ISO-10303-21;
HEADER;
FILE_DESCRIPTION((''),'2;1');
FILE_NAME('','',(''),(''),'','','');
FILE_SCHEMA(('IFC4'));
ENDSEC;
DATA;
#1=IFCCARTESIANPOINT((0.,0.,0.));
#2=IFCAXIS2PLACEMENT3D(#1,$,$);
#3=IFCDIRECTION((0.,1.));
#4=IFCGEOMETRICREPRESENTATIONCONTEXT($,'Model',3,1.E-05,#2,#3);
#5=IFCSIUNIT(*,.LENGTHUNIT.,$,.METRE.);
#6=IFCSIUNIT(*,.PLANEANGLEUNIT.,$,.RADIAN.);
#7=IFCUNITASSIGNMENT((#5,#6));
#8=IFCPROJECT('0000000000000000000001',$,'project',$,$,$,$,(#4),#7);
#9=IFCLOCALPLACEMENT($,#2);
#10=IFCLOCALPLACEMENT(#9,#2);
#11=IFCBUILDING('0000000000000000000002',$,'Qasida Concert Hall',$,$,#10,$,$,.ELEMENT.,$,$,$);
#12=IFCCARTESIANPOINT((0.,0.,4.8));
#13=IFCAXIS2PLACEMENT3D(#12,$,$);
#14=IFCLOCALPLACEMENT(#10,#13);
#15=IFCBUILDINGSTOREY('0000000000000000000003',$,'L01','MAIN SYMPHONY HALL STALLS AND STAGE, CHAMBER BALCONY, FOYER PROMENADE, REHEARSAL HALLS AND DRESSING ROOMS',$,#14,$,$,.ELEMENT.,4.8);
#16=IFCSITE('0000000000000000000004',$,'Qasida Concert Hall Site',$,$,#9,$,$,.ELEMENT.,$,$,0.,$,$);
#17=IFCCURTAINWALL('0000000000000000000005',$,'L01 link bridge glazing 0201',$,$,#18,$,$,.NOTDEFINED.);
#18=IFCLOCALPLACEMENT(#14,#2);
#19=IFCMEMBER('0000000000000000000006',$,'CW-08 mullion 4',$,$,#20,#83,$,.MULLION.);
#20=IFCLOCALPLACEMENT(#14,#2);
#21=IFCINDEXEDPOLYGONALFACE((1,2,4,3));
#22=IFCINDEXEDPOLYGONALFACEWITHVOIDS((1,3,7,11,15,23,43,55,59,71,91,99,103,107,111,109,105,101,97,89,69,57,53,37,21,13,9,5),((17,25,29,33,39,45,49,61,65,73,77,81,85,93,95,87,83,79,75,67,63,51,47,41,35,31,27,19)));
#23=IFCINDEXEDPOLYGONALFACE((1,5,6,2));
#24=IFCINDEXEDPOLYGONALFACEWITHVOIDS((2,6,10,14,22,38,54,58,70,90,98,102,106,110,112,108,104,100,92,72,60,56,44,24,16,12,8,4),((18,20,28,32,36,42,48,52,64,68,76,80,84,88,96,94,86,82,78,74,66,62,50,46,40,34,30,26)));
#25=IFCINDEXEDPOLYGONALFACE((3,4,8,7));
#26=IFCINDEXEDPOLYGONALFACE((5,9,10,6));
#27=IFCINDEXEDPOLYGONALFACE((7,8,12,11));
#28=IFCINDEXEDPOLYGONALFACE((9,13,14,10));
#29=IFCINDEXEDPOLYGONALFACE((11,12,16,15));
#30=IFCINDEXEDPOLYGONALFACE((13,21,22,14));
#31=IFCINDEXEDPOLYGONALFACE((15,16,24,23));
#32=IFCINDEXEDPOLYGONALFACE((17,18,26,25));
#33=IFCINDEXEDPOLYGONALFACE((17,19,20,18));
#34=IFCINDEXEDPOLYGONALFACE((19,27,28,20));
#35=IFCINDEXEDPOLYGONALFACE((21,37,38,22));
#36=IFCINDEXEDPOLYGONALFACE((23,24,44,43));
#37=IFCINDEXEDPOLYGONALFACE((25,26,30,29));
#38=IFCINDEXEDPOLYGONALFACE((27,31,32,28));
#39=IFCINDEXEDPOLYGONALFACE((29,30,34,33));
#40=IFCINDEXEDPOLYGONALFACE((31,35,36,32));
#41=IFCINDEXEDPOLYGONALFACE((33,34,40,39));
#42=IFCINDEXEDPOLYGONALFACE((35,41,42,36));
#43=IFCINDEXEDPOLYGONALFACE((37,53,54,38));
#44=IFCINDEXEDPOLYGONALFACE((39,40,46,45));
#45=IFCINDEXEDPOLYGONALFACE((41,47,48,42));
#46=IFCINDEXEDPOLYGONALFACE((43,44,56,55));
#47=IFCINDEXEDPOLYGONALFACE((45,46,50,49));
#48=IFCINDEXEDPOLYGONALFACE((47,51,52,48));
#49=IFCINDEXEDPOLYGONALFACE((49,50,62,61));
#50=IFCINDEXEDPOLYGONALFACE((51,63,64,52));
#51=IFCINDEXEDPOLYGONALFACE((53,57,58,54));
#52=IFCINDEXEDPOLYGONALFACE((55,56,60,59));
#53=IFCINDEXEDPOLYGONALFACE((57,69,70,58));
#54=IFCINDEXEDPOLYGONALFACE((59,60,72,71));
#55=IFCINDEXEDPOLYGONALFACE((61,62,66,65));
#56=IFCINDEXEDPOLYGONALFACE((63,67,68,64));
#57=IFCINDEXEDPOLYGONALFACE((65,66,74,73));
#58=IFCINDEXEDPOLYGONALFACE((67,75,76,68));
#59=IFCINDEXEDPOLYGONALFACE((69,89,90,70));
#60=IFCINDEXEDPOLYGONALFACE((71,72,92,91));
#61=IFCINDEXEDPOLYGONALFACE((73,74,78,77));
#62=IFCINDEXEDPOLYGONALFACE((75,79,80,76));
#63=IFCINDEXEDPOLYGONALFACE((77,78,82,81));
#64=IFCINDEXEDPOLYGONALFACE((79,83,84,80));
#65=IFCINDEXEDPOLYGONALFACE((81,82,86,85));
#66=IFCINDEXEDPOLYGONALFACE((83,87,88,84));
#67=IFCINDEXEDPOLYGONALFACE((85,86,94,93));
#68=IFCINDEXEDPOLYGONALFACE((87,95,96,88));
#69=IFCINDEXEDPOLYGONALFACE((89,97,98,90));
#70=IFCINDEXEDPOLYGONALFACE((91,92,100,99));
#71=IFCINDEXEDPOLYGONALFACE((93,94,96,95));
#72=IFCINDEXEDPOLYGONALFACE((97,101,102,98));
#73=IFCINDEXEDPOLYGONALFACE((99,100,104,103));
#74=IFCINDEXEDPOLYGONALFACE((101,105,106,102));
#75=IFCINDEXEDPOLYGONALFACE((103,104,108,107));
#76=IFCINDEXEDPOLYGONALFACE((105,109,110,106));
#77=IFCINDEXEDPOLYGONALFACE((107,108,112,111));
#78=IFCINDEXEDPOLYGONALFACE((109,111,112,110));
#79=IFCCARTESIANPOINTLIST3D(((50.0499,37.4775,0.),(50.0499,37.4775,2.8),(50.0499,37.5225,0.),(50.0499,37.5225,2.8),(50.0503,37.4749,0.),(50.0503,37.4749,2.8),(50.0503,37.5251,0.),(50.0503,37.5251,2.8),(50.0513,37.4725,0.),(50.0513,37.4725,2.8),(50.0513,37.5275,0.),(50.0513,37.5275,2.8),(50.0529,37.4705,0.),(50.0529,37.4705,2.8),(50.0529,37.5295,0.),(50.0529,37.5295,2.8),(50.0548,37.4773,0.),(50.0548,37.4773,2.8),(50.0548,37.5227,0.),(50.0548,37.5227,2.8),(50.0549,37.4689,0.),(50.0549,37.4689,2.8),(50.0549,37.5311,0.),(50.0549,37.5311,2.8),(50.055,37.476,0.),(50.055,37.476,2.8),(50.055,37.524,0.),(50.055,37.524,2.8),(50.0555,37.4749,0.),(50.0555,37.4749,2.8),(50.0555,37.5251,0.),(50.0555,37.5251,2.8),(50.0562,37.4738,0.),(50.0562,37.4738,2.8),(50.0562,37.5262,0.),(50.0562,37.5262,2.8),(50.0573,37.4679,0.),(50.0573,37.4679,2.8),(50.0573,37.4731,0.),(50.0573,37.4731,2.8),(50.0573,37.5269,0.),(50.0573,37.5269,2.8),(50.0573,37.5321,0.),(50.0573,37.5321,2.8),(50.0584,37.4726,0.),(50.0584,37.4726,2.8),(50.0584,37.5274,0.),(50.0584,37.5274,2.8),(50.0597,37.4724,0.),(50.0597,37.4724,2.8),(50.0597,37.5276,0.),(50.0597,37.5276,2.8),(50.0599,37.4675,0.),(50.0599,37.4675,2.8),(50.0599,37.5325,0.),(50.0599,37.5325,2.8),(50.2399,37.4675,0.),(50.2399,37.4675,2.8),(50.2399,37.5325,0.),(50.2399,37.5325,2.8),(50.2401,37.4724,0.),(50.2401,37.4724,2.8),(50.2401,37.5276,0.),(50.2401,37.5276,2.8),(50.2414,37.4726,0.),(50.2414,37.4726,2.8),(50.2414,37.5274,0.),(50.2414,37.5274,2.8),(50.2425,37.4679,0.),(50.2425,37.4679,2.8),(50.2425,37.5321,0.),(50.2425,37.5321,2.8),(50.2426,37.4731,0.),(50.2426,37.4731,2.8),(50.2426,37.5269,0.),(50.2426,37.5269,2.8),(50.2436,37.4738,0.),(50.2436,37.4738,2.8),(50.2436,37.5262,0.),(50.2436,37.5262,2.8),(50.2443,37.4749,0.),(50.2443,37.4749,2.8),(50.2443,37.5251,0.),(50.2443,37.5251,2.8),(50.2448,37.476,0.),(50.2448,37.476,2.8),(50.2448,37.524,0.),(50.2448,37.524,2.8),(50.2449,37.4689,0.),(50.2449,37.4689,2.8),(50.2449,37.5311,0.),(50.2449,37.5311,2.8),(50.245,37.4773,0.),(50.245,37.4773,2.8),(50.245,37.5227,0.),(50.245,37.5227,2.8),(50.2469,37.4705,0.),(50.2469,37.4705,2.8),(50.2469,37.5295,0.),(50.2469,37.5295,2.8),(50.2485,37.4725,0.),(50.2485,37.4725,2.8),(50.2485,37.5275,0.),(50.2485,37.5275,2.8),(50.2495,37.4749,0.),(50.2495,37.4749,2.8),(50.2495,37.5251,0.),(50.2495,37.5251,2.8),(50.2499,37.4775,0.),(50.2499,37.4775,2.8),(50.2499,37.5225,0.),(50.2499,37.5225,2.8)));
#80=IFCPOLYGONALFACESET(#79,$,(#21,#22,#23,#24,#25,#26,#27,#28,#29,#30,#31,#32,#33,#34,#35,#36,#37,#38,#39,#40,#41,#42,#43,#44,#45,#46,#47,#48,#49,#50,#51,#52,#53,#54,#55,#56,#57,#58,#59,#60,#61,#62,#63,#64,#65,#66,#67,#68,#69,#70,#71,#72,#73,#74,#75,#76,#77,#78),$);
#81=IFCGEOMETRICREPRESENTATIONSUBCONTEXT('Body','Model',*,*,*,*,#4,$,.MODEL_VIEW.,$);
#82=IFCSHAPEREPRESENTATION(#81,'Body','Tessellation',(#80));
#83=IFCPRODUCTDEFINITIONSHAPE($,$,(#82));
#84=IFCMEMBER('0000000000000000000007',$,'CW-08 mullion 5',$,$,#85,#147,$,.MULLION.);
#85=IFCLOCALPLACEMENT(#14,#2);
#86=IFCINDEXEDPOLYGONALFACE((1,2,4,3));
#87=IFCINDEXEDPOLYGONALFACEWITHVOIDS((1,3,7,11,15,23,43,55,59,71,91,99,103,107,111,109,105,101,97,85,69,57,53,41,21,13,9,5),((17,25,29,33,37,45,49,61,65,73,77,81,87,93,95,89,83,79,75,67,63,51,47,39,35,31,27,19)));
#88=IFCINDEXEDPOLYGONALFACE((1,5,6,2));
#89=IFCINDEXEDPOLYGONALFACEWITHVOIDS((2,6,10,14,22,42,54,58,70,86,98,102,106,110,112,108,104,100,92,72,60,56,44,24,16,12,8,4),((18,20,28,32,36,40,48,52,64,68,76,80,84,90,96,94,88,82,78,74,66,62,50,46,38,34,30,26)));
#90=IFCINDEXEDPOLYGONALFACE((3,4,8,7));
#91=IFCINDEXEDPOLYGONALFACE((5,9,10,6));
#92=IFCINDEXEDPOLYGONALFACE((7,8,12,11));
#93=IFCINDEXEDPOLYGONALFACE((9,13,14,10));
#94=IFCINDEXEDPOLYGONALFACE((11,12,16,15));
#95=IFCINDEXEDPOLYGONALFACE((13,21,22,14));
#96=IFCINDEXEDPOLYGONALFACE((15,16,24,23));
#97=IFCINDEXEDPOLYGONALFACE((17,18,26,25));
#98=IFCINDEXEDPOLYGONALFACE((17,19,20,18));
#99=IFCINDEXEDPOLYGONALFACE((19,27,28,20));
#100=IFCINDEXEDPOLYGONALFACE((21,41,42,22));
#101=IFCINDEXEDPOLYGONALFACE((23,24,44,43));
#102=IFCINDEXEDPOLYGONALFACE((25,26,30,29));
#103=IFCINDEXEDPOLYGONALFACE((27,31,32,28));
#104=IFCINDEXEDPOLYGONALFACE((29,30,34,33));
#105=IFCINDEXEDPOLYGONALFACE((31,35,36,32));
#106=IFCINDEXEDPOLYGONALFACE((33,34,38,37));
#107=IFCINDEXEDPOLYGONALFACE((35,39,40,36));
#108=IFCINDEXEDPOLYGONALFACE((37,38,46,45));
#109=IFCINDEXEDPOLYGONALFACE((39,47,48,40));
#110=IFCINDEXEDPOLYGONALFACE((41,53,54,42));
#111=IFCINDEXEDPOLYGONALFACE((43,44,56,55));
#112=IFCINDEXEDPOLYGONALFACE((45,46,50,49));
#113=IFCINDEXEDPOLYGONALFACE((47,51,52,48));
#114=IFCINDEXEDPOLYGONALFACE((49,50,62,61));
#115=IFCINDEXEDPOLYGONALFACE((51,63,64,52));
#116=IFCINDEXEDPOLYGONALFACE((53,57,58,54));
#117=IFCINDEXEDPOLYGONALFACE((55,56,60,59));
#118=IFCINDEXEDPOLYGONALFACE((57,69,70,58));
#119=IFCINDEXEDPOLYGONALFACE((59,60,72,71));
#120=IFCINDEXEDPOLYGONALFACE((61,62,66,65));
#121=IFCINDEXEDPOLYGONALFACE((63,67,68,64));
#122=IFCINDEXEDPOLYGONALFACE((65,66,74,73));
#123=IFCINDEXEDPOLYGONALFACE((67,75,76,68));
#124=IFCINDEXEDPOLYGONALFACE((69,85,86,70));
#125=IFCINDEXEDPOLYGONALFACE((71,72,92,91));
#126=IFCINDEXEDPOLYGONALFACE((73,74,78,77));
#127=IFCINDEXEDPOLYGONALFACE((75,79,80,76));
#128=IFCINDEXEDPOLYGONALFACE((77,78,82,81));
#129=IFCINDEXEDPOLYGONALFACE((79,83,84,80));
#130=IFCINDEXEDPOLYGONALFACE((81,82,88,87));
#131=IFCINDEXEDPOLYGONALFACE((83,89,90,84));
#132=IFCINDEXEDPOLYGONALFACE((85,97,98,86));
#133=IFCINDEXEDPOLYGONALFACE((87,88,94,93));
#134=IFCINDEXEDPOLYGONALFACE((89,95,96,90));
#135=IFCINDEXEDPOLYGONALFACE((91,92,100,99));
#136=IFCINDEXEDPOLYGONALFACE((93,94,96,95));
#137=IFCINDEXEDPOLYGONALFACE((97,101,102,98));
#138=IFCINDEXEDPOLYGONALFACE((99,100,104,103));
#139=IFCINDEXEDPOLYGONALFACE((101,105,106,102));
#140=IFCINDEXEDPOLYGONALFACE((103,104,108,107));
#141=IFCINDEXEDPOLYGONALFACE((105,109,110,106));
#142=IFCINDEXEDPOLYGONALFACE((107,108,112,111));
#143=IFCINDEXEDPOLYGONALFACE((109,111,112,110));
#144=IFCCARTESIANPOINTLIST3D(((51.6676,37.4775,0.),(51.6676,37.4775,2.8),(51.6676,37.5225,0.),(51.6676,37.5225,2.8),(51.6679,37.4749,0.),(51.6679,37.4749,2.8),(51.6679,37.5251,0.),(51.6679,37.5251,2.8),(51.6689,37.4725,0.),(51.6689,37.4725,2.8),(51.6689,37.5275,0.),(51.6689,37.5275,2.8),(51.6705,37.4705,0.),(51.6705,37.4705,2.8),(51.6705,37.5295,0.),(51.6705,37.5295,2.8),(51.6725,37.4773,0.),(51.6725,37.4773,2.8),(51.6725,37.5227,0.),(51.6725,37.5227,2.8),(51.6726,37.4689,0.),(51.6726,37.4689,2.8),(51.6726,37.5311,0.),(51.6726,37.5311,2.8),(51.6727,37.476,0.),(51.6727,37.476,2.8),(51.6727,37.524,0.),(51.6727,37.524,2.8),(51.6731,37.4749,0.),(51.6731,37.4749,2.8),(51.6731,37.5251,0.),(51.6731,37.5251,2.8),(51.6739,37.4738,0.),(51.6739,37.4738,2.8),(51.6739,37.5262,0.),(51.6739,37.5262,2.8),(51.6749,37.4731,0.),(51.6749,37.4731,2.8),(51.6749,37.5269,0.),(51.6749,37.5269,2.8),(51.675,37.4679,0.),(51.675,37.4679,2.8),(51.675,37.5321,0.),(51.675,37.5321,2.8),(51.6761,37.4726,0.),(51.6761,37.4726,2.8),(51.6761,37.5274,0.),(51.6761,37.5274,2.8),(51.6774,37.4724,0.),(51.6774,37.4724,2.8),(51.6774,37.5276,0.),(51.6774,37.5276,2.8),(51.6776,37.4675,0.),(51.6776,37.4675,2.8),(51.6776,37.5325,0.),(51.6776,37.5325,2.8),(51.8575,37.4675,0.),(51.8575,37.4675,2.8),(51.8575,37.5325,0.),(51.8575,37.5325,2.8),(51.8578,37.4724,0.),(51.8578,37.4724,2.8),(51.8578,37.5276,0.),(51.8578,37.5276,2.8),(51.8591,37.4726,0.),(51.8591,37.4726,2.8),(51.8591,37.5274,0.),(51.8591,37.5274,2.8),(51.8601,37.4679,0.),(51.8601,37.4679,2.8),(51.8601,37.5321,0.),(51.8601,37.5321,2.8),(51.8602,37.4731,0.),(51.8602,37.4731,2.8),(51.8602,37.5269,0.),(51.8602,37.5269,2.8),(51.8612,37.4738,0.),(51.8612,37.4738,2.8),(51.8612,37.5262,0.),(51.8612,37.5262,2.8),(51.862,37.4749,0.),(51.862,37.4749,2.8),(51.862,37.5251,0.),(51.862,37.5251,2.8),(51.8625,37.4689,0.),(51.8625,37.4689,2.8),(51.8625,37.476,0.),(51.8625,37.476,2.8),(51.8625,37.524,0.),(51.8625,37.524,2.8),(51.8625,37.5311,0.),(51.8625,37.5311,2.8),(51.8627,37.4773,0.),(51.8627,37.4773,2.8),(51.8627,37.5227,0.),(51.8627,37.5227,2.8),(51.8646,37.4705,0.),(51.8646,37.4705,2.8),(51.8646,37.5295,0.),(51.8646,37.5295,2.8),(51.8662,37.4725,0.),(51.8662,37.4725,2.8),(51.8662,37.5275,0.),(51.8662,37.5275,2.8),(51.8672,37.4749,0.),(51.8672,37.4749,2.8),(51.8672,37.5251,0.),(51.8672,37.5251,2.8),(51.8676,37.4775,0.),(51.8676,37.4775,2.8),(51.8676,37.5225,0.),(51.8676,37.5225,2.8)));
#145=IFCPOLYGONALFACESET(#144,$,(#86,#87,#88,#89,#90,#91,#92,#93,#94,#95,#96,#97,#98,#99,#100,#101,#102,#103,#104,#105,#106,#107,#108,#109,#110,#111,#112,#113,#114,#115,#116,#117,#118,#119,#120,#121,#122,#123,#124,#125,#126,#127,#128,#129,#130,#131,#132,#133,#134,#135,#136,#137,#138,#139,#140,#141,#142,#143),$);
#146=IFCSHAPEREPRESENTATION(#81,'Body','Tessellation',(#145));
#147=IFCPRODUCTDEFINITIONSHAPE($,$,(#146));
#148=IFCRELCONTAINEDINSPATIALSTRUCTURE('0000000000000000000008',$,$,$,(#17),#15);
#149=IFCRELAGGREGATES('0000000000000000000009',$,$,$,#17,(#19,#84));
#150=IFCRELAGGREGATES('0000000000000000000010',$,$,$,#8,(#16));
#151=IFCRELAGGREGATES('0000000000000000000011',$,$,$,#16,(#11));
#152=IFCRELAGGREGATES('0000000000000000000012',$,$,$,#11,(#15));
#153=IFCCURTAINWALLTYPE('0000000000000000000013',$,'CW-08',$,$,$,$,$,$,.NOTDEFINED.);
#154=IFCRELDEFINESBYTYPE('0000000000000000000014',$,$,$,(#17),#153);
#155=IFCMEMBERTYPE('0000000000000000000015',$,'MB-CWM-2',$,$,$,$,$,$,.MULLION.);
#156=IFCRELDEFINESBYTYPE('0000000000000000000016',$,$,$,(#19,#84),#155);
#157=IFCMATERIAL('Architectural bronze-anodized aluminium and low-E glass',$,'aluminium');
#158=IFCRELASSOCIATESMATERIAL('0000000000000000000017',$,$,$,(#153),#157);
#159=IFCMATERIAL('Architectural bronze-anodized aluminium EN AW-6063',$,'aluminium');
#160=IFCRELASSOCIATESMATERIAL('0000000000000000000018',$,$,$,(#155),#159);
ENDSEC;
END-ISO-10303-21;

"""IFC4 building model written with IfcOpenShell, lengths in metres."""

from ifc_helpers import new_model, si_unit, direction, frame, origin, origin_2d, place, context, subcontext, project, spatial, hollow_rectangle, extrude, material, material_profile, profile_set, type_object, element, aggregate, save


model = new_model("IFC4")

# Units and contexts
model_context = context("Model", 3, precision=1e-05, world=origin(), true_north=direction((0.0, 1.0)))
body_context = subcontext(model_context, "Body", "Model", "MODEL_VIEW")
ifc_project = project(units=[si_unit("LENGTHUNIT", "METRE"), si_unit("PLANEANGLEUNIT", "RADIAN")], contexts=[model_context])

# Site, building, storey
site_placement = place(None, origin())
site = spatial("IfcSite", under=ifc_project, at=site_placement, Name="Qasida Concert Hall Site", CompositionType="ELEMENT", RefElevation=0.0)
building_placement = place(site_placement, origin())
building = spatial("IfcBuilding", under=site, at=building_placement, Name="Qasida Concert Hall", CompositionType="ELEMENT")
storey_placement = place(building_placement, frame((0.0, 0.0, 4.8)))
storey = spatial("IfcBuildingStorey", under=building, at=storey_placement, Name="L01", Description="MAIN SYMPHONY HALL STALLS AND STAGE, CHAMBER BALCONY, FOYER PROMENADE, REHEARSAL HALLS AND DRESSING ROOMS", CompositionType="ELEMENT", Elevation=4.8)

# Shared definitions
ifc_material_1 = material(Name="Architectural bronze-anodized aluminium and low-E glass", Category="aluminium")
ifc_material_2 = material(Name="Architectural bronze-anodized aluminium EN AW-6063", Category="aluminium")

# Curtain wall, members
curtain_wall_type_1 = type_object("IfcCurtainWallType", Name="CW-08", PredefinedType="NOTDEFINED", material=ifc_material_1)
curtain_wall_1_placement = place(storey_placement, origin())
curtain_wall_1 = element("IfcCurtainWall", 1, at=curtain_wall_1_placement, inside=storey, type_object=curtain_wall_type_1, Name="L01 link bridge glazing 0201", PredefinedType="NOTDEFINED")
ifc_material_profile_1 = material_profile(ifc_material_2, hollow_rectangle(XDim=0.0649, YDim=0.2, WallThickness=0.0049, InnerFilletRadius=0.0049, OuterFilletRadius=0.01, at=origin_2d()), Name="CWM 200x65x5")
ifc_profile_set_1 = profile_set([ifc_material_profile_1], Name="Architectural bronze-anodized aluminium EN AW-6063")
member_type_1 = type_object("IfcMemberType", Name="MB-CWM-2", PredefinedType="MULLION", material=ifc_profile_set_1)
member_1_placement = place(storey_placement, frame((50.1499, 37.5, 0.0), z_axis=(0.0, 0.0, 1.0), x_axis=(0.0, 1.0, 0.0)))
member_1 = element("IfcMember", 2, at=member_1_placement, type_object=member_type_1, Name="CW-08 mullion 4", PredefinedType="MULLION", context=body_context, shape_type="SweptSolid", body=[
    extrude(hollow_rectangle(XDim=0.0649, YDim=0.2, WallThickness=0.0049, InnerFilletRadius=0.0049, OuterFilletRadius=0.01, at=origin_2d()), origin(), (0.0, 0.0, 1.0), 2.8),
])
member_2_placement = place(storey_placement, frame((51.7676, 37.5, 0.0), z_axis=(0.0, 0.0, 1.0), x_axis=(0.0, 1.0, 0.0)))
member_2 = element("IfcMember", 3, at=member_2_placement, type_object=member_type_1, Name="CW-08 mullion 5", PredefinedType="MULLION", context=body_context, shape_type="SweptSolid", body=[
    extrude(hollow_rectangle(XDim=0.0649, YDim=0.2, WallThickness=0.0049, InnerFilletRadius=0.0049, OuterFilletRadius=0.01, at=origin_2d()), origin(), (0.0, 0.0, 1.0), 2.8),
])

aggregate(curtain_wall_1, [member_1, member_2])

save(model, "model.ifc")
